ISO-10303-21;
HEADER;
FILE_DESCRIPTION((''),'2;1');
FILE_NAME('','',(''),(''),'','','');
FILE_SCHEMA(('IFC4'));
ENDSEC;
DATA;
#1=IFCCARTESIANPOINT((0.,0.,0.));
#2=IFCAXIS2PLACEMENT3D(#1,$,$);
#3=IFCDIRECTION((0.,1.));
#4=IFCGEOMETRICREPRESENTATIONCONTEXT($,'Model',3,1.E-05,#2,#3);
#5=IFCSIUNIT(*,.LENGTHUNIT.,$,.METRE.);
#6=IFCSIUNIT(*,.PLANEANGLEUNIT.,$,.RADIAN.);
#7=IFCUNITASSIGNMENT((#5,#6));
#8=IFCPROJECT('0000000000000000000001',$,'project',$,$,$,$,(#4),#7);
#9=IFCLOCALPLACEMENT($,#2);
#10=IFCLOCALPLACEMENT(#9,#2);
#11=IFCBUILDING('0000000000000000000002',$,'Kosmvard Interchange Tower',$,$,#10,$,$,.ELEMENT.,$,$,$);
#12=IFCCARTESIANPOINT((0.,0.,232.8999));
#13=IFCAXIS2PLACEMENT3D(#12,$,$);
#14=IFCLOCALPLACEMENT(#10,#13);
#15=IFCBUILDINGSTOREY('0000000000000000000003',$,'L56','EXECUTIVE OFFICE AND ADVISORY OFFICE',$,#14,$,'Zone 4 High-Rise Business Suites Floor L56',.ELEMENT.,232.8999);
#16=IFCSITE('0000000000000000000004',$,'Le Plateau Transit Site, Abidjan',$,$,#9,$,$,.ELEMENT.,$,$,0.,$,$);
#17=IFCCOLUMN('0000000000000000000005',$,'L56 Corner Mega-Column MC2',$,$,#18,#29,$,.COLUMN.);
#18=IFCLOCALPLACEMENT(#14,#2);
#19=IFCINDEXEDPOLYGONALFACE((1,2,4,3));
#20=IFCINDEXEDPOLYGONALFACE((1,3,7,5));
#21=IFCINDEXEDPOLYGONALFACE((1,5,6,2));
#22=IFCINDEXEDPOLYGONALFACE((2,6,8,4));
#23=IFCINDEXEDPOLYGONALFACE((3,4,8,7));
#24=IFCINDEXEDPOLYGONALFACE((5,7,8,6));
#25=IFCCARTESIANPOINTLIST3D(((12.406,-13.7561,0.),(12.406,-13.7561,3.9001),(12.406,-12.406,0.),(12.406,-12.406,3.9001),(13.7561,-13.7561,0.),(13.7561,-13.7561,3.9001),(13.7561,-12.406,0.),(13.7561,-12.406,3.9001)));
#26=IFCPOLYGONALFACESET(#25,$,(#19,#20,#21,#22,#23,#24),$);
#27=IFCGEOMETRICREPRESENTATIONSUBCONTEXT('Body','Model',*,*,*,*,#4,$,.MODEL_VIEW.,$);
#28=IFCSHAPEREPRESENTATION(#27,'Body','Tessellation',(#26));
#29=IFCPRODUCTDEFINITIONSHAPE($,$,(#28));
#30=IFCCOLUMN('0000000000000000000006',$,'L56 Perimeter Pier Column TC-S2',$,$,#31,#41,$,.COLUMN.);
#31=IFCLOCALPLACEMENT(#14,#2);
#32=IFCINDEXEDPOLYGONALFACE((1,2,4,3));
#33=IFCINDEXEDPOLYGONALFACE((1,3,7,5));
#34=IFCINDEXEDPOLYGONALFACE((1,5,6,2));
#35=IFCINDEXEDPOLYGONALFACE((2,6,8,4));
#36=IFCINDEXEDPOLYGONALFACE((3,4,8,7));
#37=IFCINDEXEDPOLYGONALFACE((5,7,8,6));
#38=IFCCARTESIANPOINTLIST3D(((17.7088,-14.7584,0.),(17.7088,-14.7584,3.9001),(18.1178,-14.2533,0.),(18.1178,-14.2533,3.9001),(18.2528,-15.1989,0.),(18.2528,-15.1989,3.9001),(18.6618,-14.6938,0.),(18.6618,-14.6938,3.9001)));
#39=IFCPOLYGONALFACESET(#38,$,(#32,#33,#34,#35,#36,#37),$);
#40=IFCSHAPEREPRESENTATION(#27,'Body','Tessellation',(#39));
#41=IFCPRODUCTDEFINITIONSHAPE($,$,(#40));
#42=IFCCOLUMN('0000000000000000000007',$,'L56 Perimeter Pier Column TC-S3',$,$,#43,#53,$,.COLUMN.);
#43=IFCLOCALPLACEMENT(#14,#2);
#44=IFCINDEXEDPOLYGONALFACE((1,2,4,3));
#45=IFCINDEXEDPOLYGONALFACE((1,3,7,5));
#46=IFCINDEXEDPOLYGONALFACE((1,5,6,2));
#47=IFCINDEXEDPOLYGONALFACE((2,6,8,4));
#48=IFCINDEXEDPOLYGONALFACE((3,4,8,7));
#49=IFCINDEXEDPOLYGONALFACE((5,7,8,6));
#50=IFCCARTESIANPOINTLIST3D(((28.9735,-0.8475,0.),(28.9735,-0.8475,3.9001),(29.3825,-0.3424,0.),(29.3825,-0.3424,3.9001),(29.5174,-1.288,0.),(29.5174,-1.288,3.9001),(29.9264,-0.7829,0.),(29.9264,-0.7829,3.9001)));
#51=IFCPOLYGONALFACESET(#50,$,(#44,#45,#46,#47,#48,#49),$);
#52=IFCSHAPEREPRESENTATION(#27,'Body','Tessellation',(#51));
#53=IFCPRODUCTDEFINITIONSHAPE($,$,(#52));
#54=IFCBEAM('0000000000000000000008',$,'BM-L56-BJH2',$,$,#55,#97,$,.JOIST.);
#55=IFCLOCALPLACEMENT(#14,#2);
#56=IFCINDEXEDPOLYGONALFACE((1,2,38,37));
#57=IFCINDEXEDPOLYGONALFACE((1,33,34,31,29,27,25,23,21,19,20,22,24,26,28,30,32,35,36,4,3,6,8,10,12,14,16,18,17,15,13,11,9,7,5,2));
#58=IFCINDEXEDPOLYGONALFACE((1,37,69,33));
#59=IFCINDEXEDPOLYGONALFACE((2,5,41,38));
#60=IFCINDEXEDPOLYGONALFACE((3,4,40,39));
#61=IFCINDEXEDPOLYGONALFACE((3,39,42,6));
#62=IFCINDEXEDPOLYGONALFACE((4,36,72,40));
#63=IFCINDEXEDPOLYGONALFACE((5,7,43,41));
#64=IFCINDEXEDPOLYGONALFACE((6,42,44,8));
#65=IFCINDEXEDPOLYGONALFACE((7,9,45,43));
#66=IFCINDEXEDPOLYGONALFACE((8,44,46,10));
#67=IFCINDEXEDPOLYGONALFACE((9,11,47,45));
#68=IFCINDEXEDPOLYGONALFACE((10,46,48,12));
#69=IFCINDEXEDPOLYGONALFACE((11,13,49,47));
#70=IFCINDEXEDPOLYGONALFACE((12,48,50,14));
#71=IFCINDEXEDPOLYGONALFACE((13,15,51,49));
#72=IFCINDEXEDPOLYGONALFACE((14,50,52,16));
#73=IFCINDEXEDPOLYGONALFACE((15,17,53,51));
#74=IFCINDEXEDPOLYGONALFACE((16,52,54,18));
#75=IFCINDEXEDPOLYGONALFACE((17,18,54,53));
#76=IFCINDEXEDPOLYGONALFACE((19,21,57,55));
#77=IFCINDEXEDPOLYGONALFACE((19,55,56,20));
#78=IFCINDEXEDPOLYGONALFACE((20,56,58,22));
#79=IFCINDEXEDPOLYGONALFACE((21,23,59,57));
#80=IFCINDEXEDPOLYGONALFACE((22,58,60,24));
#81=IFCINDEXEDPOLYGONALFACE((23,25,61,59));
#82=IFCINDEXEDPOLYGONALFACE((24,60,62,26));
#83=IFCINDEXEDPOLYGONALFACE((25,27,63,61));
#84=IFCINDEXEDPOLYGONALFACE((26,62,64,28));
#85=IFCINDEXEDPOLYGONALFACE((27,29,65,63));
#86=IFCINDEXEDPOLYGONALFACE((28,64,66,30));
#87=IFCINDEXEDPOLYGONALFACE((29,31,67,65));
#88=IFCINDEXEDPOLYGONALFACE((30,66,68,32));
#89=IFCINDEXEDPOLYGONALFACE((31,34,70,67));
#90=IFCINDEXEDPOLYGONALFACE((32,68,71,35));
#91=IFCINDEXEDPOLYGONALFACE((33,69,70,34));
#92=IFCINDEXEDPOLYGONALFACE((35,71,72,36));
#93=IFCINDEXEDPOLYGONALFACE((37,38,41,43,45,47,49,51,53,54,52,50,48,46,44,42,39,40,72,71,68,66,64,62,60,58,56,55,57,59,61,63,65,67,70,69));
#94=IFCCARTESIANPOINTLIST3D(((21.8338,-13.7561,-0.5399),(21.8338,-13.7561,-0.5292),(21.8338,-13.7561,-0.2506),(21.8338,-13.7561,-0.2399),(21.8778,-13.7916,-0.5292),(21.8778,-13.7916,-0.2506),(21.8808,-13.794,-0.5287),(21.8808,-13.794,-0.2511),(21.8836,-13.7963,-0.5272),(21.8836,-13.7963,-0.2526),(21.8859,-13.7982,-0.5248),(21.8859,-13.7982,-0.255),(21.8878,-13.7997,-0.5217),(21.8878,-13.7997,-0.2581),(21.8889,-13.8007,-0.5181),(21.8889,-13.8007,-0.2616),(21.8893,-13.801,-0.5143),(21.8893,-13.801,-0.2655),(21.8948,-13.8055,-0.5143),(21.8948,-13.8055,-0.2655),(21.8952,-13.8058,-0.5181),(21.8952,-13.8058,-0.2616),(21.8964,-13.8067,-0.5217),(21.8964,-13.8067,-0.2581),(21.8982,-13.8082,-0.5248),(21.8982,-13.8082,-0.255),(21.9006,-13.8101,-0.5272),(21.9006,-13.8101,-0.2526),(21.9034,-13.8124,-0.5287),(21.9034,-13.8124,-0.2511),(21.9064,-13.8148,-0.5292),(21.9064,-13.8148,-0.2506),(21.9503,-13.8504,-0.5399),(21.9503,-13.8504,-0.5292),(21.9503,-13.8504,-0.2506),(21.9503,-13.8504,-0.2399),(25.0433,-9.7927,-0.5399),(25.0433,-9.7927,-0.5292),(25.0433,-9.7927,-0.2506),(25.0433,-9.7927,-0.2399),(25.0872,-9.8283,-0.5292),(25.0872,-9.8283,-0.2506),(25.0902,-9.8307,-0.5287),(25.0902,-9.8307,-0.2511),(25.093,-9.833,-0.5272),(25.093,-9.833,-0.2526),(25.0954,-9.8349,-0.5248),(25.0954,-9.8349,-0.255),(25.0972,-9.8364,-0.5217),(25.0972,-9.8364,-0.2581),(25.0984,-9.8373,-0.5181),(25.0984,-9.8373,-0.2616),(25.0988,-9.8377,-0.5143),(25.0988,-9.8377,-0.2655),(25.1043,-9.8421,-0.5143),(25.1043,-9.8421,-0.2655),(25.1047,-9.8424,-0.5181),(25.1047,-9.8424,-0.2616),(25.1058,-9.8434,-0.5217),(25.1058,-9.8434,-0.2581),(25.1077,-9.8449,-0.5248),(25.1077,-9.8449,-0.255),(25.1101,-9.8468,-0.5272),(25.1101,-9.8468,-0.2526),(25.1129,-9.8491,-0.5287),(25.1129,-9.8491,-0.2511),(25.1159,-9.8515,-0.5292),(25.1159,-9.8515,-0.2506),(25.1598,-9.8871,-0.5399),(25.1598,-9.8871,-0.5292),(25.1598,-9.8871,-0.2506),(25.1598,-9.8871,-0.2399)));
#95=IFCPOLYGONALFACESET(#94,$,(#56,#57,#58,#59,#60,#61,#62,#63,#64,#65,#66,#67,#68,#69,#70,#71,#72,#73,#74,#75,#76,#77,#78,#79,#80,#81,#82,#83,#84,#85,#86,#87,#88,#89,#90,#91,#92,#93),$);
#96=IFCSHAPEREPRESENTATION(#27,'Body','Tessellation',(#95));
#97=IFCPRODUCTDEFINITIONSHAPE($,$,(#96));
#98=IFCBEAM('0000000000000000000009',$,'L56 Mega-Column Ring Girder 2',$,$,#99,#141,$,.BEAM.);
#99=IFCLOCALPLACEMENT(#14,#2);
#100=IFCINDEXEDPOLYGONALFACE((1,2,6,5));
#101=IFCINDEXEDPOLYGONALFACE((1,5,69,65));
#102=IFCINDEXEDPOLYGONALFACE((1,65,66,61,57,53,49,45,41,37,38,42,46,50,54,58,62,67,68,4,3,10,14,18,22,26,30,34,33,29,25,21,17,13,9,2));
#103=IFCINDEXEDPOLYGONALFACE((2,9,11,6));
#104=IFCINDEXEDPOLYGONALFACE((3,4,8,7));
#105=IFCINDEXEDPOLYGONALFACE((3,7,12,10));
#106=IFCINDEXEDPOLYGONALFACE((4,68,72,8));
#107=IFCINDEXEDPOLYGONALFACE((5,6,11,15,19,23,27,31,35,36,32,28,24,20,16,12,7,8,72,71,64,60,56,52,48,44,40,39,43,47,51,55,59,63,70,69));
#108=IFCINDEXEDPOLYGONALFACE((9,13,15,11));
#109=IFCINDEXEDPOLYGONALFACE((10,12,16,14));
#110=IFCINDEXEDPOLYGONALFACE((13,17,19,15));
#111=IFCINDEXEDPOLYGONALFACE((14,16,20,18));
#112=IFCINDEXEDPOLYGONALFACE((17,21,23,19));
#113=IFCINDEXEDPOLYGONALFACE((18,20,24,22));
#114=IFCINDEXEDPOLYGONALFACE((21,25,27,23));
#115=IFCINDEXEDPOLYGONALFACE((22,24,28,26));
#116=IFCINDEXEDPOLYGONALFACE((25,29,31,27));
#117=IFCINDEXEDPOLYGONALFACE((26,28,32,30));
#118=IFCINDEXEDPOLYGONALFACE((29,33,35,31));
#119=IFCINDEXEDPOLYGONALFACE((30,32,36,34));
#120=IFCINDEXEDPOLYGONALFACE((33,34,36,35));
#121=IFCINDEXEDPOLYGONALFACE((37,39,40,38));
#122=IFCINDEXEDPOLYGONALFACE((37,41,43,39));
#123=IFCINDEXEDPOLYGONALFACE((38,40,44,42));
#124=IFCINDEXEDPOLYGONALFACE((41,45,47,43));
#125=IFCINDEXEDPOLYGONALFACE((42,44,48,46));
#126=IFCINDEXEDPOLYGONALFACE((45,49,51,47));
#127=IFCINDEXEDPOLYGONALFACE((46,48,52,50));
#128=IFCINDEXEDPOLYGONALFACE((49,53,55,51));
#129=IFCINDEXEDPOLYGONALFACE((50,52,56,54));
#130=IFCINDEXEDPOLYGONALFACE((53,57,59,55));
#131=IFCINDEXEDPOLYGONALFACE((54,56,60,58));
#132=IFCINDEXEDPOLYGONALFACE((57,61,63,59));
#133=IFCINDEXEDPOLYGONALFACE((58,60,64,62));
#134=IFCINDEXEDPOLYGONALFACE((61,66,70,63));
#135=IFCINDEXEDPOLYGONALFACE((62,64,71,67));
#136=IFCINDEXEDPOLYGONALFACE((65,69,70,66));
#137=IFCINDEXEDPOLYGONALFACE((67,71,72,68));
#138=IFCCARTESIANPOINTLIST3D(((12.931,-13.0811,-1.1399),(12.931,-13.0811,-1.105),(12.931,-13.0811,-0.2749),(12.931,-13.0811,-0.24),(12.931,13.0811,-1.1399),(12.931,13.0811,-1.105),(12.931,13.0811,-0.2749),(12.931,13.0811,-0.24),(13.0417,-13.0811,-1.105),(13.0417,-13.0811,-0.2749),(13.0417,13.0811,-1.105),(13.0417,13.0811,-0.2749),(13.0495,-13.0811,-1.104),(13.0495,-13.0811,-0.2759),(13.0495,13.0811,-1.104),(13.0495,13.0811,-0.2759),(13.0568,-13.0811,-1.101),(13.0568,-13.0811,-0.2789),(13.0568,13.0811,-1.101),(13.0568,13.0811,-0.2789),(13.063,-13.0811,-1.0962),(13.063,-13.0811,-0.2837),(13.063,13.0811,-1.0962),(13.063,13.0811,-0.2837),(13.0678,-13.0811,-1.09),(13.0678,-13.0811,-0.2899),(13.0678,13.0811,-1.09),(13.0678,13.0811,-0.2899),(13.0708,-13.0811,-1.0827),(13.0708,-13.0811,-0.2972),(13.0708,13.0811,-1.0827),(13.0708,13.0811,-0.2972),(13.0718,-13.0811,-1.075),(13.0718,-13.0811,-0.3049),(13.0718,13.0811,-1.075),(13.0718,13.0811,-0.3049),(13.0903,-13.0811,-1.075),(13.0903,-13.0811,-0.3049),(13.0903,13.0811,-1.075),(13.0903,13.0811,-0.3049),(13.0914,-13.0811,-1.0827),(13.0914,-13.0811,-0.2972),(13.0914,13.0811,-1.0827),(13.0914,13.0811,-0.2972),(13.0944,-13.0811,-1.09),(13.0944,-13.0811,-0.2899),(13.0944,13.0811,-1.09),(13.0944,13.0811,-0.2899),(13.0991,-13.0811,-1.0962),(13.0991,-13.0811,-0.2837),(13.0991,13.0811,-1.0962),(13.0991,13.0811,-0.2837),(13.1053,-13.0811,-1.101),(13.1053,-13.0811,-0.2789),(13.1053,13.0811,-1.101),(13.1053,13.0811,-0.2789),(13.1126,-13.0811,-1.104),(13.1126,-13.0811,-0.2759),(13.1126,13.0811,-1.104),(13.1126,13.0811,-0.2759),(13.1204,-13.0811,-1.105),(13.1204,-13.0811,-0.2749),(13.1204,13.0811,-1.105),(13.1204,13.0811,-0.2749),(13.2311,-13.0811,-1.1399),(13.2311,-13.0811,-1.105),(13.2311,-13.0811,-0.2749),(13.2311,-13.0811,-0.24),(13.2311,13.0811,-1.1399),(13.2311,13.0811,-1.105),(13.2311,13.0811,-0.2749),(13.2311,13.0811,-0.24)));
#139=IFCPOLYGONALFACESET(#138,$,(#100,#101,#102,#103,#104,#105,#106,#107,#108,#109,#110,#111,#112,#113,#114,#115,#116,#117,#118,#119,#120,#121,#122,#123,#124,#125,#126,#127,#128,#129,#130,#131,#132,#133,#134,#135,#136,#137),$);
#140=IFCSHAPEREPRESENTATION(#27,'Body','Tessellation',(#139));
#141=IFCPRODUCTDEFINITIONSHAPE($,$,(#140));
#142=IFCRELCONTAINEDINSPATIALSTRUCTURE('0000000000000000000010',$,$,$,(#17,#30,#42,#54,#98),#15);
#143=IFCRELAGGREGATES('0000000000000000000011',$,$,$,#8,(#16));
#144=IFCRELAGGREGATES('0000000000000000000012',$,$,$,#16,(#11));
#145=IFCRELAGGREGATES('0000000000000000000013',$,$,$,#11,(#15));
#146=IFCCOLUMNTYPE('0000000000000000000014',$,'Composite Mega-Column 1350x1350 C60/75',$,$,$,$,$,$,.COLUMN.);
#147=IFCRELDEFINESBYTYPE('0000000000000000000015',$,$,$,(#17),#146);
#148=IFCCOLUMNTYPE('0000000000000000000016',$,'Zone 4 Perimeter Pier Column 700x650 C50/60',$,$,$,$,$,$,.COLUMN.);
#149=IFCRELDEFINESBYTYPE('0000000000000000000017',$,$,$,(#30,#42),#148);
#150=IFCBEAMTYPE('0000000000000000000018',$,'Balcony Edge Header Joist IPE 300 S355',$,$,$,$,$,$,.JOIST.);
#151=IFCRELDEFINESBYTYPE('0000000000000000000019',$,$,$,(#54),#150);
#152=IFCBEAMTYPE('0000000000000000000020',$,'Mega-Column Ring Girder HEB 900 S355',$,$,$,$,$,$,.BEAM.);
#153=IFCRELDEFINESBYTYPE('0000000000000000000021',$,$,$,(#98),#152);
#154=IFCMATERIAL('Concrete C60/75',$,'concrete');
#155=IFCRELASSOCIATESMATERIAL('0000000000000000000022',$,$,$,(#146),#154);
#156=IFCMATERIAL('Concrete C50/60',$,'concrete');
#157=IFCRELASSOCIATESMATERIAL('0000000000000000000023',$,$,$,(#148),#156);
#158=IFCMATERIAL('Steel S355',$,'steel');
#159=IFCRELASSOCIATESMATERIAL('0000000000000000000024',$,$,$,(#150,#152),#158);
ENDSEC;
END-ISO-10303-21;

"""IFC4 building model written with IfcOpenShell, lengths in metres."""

from ifc_helpers import new_model, si_unit, direction, frame, origin, origin_2d, place, context, subcontext, project, spatial, rectangle, i_section, extrude, source, transform, mapped, material, material_profile, profile_set, type_object, element, save


model = new_model("IFC4")

# Units and contexts
model_context = context("Model", 3, precision=1e-05, world=origin(), true_north=direction((0.0, 1.0)))
body_context = subcontext(model_context, "Body", "Model", "MODEL_VIEW")
ifc_project = project(units=[si_unit("LENGTHUNIT", "METRE"), si_unit("PLANEANGLEUNIT", "RADIAN")], contexts=[model_context])

# Site, building, storey
site_placement = place(None, origin())
site = spatial("IfcSite", under=ifc_project, at=site_placement, Name="Le Plateau Transit Site, Abidjan", CompositionType="ELEMENT", RefElevation=0.0)
building_placement = place(site_placement, origin())
building = spatial("IfcBuilding", under=site, at=building_placement, Name="Kosmvard Interchange Tower", CompositionType="ELEMENT")
storey_placement = place(building_placement, frame((0.0, 0.0, 232.8999)))
storey = spatial("IfcBuildingStorey", under=building, at=storey_placement, Name="L56", Description="EXECUTIVE OFFICE AND ADVISORY OFFICE", LongName="Zone 4 High-Rise Business Suites Floor L56", CompositionType="ELEMENT", Elevation=232.8999)

# Columns
ifc_material_1 = material(Name="Concrete C60/75", Category="concrete")
ifc_material_profile_1 = material_profile(ifc_material_1, rectangle(XDim=1.3501, YDim=1.3501, at=origin_2d()), Name="MC 1350x1350")
ifc_profile_set_1 = profile_set([ifc_material_profile_1], Name="Concrete C60/75")
column_type_1 = type_object("IfcColumnType", Name="Composite Mega-Column 1350x1350 C60/75", PredefinedType="COLUMN", material=ifc_profile_set_1)
shared_shape_1 = source(origin(), body_context, "Body", "SweptSolid", [
    extrude(rectangle(XDim=1.3501, YDim=1.3501, at=origin_2d()), origin(), (0.0, 0.0, 1.0), 3.9001),
])
column_placement = place(storey_placement, frame((13.0811, -13.0811, 0.0), z_axis=(0.0, 0.0, 1.0), x_axis=(1.0, 0.0, 0.0)))
element("IfcColumn", 1, at=column_placement, inside=storey, type_object=column_type_1, Name="L56 Corner Mega-Column MC2", PredefinedType="COLUMN", context=body_context, shape_type="MappedRepresentation", body=[
    mapped(shared_shape_1, transform((0.0, 0.0, 0.0), scale=1.0)),
])
ifc_material_2 = material(Name="Concrete C50/60", Category="concrete")
ifc_material_profile_2 = material_profile(ifc_material_2, rectangle(XDim=0.6499, YDim=0.7, at=origin_2d()), Name="TC 700x650")
ifc_profile_set_2 = profile_set([ifc_material_profile_2], Name="Concrete C50/60")
column_type_2 = type_object("IfcColumnType", Name="Zone 4 Perimeter Pier Column 700x650 C50/60", PredefinedType="COLUMN", material=ifc_profile_set_2)
shared_shape_2 = source(origin(), body_context, "Body", "SweptSolid", [
    extrude(rectangle(XDim=0.6499, YDim=0.7, at=origin_2d()), origin(), (0.0, 0.0, 1.0), 3.9001),
])
for number, where, z_axis, x_axis, name in (
    (2, (18.1853, -14.7261, 0.0), (0.0, 0.0, 1.0), (0.62932, 0.777146, 0.0), "L56 Perimeter Pier Column TC-S2"),
    (3, (29.45, -0.8152, 0.0), (0.0, 0.0, 1.0), (0.62932, 0.777146, 0.0), "L56 Perimeter Pier Column TC-S3"),
):
    element("IfcColumn", number, at=place(storey_placement, frame(where, z_axis=z_axis, x_axis=x_axis)), inside=storey, type_object=column_type_2, Name=name, PredefinedType="COLUMN", context=body_context, shape_type="MappedRepresentation", body=[
        mapped(shared_shape_2, transform((0.0, 0.0, 0.0), scale=1.0)),
    ])

# Beams
ifc_material_3 = material(Name="Steel S355", Category="steel")
ifc_material_profile_3 = material_profile(ifc_material_3, i_section(OverallWidth=0.1499, OverallDepth=0.3, WebThickness=0.0071, FlangeThickness=0.0107, FilletRadius=0.0149, at=origin_2d()), Name="IPE 300")
ifc_profile_set_3 = profile_set([ifc_material_profile_3], Name="Steel S355")
beam_type_1 = type_object("IfcBeamType", Name="Balcony Edge Header Joist IPE 300 S355", PredefinedType="JOIST", material=ifc_profile_set_3)
shared_shape_3 = source(origin(), body_context, "Body", "SweptSolid", [
    extrude(i_section(OverallWidth=0.1499, OverallDepth=0.3, WebThickness=0.0071, FlangeThickness=0.0107, FilletRadius=0.0149, at=origin_2d()), origin(), (0.0, 0.0, 1.0), 5.0999),
])
beam_1_placement = place(storey_placement, frame((21.8921, -13.8032, -0.3899), z_axis=(0.629319, 0.777147, 0.0), x_axis=(-0.777147, 0.629319, 0.0)))
element("IfcBeam", 4, at=beam_1_placement, inside=storey, type_object=beam_type_1, Name="BM-L56-BJH2", PredefinedType="JOIST", context=body_context, shape_type="MappedRepresentation", body=[
    mapped(shared_shape_3, transform((0.0, 0.0, 0.0), scale=1.0)),
])
ifc_material_profile_4 = material_profile(ifc_material_3, i_section(OverallWidth=0.3, OverallDepth=0.8999, WebThickness=0.0186, FlangeThickness=0.0349, FilletRadius=0.03, at=origin_2d()), Name="HEB 900")
ifc_profile_set_4 = profile_set([ifc_material_profile_4], Name="Steel S355")
beam_type_2 = type_object("IfcBeamType", Name="Mega-Column Ring Girder HEB 900 S355", PredefinedType="BEAM", material=ifc_profile_set_4)
shared_shape_4 = source(origin(), body_context, "Body", "SweptSolid", [
    extrude(i_section(OverallWidth=0.3, OverallDepth=0.8999, WebThickness=0.0186, FlangeThickness=0.0349, FilletRadius=0.03, at=origin_2d()), origin(), (0.0, 0.0, 1.0), 26.1621),
])
beam_2_placement = place(storey_placement, frame((13.0811, -13.0811, -0.6899), z_axis=(0.0, 1.0, 0.0), x_axis=(-1.0, 0.0, 0.0)))
element("IfcBeam", 5, at=beam_2_placement, inside=storey, type_object=beam_type_2, Name="L56 Mega-Column Ring Girder 2", PredefinedType="BEAM", context=body_context, shape_type="MappedRepresentation", body=[
    mapped(shared_shape_4, transform((0.0, 0.0, 0.0), scale=1.0)),
])

save(model, "model.ifc")
